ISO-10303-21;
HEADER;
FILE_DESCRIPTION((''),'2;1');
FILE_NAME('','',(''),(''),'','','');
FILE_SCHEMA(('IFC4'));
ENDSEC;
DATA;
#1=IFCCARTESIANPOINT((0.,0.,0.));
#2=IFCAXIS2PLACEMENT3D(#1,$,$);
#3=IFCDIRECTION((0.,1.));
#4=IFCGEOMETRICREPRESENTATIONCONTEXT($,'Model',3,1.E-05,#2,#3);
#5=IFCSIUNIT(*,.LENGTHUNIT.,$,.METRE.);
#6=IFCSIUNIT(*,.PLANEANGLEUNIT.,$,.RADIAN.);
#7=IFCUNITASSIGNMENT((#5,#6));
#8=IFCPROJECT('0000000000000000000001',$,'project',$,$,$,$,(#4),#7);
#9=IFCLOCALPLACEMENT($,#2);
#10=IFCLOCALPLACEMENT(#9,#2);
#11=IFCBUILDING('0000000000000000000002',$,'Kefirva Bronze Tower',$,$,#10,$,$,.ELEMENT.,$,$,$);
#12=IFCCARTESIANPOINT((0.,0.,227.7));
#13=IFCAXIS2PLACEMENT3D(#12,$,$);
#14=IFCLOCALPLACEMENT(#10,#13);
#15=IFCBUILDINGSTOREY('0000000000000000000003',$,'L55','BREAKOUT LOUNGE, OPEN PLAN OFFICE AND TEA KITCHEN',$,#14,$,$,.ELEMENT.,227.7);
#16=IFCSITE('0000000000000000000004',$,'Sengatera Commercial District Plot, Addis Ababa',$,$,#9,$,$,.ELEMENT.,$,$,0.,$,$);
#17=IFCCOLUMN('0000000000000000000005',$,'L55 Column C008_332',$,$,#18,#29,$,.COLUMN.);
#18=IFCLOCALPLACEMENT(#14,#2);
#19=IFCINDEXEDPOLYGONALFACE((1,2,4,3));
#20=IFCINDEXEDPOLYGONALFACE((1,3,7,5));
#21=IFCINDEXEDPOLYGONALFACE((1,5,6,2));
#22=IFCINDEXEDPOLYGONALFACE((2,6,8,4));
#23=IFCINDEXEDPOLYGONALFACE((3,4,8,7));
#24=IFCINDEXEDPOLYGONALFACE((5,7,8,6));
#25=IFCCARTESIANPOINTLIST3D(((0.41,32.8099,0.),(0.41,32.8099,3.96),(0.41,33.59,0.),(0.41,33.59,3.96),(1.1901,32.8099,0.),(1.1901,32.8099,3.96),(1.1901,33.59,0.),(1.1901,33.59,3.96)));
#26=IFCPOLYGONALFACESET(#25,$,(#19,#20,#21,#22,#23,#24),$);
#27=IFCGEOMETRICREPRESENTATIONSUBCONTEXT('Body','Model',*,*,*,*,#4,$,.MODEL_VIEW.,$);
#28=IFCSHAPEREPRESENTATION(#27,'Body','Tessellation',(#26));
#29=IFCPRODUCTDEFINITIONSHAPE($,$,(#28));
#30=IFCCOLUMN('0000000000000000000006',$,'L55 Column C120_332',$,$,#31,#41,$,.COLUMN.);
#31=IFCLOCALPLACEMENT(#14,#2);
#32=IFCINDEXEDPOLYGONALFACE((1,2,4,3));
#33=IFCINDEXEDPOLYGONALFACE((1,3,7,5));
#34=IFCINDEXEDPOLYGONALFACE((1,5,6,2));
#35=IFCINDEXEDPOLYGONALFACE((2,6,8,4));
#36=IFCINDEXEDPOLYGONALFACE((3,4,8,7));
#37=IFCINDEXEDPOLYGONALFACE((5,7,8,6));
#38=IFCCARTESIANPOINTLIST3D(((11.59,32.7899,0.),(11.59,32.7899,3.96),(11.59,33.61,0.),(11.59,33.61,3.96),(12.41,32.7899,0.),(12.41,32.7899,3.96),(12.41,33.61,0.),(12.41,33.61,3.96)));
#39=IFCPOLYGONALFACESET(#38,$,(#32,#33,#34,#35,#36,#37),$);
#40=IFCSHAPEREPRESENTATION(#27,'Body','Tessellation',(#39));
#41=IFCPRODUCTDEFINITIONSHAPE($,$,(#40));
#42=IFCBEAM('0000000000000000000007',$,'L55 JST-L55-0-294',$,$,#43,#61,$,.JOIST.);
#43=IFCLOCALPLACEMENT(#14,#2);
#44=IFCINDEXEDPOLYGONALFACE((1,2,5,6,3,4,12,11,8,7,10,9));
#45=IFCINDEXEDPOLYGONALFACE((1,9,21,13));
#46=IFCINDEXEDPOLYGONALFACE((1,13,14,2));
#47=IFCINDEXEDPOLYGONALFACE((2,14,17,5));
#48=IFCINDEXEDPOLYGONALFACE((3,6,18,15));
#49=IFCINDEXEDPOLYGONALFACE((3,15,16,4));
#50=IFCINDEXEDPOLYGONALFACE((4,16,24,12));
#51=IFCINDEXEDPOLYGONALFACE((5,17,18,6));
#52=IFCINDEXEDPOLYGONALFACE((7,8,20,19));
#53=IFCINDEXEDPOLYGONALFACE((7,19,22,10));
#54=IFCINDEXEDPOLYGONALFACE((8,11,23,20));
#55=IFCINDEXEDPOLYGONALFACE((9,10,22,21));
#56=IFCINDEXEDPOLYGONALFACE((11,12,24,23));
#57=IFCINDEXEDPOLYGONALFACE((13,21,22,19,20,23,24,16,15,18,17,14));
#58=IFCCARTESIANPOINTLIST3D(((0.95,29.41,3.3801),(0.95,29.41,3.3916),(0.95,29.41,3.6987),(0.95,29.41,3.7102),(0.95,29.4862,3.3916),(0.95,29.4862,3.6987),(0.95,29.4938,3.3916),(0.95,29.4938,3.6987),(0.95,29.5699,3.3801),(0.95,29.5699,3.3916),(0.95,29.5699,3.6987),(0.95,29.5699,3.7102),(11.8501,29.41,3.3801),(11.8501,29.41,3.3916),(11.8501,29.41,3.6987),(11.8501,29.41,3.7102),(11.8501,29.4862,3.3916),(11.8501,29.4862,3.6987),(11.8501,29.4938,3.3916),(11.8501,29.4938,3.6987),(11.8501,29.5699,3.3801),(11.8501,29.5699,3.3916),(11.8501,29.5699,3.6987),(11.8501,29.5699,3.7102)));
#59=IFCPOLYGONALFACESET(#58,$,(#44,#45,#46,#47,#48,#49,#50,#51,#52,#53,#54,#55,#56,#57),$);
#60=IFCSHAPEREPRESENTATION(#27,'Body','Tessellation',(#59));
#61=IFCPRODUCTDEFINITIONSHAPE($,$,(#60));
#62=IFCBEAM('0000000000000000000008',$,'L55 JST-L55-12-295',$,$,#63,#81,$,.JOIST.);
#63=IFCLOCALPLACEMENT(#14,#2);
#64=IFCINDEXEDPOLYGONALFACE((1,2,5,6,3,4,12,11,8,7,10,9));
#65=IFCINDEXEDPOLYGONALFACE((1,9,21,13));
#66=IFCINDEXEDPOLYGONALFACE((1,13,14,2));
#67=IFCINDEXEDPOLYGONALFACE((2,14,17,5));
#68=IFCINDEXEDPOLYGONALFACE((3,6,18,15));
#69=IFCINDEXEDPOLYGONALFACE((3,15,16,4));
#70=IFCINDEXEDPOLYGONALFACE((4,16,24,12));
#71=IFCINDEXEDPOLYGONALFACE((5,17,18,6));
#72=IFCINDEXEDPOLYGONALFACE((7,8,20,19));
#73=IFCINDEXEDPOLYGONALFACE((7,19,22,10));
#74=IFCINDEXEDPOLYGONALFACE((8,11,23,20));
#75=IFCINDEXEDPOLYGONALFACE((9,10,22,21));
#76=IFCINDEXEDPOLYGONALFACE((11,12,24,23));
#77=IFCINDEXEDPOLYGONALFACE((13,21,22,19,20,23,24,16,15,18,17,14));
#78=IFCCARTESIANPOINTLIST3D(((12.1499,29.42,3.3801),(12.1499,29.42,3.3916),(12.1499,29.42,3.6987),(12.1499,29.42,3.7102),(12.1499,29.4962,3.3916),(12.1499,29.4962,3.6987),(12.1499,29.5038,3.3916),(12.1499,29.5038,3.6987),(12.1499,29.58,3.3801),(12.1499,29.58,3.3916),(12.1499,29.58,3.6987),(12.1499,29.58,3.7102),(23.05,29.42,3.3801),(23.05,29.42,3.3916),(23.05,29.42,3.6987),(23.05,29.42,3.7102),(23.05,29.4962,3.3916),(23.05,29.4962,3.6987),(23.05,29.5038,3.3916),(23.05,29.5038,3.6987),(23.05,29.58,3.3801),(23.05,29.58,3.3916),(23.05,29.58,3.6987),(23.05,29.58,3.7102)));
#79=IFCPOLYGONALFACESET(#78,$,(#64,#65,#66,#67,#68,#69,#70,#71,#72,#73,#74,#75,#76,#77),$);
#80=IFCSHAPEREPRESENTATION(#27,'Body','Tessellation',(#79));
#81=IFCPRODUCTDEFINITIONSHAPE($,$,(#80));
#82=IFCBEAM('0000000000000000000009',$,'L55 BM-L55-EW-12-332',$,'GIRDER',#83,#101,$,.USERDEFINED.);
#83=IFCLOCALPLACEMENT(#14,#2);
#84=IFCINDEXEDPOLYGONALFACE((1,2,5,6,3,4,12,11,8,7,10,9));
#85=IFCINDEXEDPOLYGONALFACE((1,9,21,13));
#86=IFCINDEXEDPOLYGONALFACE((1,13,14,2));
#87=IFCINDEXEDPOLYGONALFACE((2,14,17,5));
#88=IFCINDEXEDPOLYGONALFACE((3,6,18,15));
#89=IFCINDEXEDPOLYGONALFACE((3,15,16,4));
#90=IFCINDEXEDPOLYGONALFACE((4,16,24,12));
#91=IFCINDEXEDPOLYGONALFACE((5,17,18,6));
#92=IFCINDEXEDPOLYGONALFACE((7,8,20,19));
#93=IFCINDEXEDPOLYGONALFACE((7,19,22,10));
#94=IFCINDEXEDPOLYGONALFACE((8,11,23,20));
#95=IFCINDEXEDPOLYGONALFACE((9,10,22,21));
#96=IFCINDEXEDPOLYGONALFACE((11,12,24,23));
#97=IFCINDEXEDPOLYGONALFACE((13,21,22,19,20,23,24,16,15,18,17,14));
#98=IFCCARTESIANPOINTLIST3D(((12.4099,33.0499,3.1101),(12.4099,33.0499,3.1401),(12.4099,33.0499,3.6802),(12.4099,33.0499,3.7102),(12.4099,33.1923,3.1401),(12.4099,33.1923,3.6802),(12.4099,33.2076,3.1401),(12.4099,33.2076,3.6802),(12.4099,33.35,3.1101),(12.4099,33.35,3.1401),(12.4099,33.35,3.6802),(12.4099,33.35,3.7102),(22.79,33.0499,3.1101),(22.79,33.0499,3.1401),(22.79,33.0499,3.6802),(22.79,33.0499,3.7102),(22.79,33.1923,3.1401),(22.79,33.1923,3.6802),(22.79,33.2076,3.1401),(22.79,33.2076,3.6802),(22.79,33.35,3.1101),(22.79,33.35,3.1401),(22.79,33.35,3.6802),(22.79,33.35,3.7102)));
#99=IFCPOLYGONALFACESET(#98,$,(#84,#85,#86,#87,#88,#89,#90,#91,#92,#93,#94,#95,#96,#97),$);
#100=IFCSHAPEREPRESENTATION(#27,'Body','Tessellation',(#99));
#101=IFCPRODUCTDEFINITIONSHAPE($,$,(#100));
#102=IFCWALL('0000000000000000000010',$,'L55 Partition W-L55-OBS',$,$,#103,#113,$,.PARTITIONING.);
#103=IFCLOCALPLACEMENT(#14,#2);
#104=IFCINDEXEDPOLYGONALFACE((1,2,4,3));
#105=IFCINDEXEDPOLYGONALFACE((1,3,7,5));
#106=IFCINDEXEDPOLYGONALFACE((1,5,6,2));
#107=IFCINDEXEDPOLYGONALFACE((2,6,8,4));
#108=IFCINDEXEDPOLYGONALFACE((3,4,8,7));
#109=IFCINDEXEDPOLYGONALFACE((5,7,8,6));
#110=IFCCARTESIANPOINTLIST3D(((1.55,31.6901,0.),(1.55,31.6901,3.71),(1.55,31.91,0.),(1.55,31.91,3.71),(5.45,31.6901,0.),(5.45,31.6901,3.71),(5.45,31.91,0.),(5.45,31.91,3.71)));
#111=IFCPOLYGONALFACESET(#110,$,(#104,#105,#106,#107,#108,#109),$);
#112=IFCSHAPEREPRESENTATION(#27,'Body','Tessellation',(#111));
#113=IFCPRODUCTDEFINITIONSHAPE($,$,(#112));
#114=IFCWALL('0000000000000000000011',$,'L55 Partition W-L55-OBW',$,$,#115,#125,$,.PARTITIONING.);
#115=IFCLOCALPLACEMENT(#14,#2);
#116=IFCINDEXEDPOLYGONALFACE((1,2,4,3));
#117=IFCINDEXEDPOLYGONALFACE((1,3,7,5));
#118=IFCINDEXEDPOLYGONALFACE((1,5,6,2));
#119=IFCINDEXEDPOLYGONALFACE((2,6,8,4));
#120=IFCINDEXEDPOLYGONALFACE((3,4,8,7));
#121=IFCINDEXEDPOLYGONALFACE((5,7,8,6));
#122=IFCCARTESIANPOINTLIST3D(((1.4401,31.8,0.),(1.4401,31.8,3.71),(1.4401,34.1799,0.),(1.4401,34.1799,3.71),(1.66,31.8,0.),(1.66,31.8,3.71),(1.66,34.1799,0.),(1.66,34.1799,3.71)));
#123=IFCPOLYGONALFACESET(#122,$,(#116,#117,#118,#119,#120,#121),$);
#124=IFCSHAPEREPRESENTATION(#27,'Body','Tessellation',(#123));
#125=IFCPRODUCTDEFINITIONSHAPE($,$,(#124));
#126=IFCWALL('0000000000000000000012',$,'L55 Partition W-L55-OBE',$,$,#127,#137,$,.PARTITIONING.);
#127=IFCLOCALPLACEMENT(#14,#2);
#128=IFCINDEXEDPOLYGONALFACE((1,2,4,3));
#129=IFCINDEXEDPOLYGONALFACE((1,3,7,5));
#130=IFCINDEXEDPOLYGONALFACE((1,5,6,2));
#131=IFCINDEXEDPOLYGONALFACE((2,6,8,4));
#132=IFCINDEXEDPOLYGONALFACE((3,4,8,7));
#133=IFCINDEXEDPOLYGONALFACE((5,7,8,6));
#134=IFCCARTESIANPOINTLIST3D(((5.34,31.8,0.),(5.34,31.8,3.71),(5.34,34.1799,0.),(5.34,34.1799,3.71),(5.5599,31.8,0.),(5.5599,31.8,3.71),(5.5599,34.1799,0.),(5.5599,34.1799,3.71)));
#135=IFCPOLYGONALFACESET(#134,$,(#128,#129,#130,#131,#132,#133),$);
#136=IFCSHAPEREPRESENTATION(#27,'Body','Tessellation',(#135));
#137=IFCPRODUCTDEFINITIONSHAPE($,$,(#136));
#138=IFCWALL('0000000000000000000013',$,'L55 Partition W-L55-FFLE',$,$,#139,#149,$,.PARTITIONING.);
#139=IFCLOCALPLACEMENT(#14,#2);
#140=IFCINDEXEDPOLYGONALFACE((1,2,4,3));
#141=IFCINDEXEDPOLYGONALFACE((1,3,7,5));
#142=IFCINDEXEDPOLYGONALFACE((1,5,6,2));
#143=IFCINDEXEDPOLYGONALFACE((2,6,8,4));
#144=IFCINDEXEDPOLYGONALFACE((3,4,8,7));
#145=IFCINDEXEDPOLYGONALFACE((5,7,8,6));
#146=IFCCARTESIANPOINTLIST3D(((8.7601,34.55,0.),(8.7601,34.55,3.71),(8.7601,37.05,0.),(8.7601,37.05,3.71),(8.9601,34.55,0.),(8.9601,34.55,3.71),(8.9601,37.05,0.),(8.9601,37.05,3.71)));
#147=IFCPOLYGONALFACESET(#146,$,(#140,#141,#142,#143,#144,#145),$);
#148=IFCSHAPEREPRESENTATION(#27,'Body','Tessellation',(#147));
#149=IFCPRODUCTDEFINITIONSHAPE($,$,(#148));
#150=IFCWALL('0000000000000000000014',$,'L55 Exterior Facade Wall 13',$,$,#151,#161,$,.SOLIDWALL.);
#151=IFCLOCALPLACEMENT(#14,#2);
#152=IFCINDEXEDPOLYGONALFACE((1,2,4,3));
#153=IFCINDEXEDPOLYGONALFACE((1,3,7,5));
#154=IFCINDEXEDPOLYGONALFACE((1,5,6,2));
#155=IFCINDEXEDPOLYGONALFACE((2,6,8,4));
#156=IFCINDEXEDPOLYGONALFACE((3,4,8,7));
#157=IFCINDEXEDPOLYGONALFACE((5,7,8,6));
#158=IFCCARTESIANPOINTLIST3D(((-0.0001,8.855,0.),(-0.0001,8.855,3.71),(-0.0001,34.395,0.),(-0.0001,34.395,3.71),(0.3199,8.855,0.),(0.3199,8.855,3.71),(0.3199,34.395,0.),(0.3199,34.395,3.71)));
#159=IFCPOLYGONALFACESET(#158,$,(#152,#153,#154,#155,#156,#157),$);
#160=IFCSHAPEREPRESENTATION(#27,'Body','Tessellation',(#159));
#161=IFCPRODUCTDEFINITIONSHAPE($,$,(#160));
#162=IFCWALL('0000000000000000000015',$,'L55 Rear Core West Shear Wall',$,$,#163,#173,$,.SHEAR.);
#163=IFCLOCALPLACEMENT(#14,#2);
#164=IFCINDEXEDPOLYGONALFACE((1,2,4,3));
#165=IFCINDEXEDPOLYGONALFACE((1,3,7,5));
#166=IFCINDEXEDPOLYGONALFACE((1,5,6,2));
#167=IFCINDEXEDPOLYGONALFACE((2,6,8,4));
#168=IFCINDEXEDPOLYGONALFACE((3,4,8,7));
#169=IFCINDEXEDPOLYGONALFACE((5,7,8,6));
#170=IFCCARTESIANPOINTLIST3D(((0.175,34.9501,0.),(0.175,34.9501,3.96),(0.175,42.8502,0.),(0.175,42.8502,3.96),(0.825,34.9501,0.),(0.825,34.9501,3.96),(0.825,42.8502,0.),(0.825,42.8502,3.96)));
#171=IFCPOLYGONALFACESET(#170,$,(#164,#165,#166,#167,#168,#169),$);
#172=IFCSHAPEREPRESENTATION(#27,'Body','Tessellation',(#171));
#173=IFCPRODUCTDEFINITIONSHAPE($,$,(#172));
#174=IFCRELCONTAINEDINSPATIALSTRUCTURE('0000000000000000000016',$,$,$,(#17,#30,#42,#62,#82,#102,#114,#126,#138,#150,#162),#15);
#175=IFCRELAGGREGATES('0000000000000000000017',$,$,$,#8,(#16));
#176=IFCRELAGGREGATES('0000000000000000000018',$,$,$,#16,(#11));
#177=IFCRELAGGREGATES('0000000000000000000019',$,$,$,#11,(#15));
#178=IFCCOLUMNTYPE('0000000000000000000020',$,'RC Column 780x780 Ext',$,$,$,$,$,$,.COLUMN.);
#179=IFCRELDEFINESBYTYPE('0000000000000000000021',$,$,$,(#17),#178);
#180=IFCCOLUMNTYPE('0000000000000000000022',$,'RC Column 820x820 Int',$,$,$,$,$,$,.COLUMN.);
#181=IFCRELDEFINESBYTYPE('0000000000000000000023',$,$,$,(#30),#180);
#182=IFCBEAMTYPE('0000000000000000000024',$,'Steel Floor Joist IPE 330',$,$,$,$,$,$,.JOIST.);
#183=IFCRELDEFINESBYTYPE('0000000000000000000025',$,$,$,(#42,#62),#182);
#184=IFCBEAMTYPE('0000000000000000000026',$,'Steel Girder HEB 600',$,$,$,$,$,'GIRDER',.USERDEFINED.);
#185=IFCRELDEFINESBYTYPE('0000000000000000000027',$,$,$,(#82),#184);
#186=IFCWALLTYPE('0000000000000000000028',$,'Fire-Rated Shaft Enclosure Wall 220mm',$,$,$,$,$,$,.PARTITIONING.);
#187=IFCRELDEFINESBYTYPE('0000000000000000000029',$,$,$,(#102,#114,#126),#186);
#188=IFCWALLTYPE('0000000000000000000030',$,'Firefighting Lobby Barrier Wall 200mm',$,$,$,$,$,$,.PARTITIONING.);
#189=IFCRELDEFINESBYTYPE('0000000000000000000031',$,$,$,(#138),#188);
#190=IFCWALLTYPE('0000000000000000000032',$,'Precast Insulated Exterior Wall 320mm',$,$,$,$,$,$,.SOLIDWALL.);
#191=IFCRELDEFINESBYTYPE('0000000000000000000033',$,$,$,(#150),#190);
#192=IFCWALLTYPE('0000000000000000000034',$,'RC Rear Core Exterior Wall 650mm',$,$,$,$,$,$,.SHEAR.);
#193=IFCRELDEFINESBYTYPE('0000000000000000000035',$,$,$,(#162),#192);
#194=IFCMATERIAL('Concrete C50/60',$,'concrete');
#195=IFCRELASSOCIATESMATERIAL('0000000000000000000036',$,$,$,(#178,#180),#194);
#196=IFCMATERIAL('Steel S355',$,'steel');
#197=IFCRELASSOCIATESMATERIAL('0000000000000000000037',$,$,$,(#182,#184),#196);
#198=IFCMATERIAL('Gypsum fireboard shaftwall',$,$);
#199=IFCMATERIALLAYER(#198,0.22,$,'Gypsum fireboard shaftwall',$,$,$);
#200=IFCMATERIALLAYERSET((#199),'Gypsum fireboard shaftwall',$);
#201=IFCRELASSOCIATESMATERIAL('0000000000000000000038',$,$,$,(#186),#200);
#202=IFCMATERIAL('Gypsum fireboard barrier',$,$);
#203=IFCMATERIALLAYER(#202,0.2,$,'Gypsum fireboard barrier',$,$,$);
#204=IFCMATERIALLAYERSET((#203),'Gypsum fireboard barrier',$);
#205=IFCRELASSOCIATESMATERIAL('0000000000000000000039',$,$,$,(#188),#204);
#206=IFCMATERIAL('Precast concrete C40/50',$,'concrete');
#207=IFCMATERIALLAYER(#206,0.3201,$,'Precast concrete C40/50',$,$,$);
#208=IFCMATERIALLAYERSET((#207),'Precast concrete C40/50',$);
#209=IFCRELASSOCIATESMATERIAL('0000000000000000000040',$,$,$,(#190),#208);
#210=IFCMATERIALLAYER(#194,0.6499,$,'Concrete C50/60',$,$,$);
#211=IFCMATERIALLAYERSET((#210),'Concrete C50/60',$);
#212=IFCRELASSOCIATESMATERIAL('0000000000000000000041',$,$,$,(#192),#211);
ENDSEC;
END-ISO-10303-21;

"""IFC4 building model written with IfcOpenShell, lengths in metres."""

from ifc_helpers import new_model, si_unit, direction, frame, frame_2d, origin, origin_2d, place, context, subcontext, project, spatial, rectangle, i_section, extrude, material, layer, layer_set, material_profile, profile_set, type_object, element, save


model = new_model("IFC4")

# Units and contexts
model_context = context("Model", 3, precision=1e-05, world=origin(), true_north=direction((0.0, 1.0)))
body_context = subcontext(model_context, "Body", "Model", "MODEL_VIEW")
ifc_project = project(units=[si_unit("LENGTHUNIT", "METRE"), si_unit("PLANEANGLEUNIT", "RADIAN")], contexts=[model_context])

# Site, building, storey
site_placement = place(None, origin())
site = spatial("IfcSite", under=ifc_project, at=site_placement, Name="Sengatera Commercial District Plot, Addis Ababa", CompositionType="ELEMENT", RefElevation=0.0)
building_placement = place(site_placement, origin())
building = spatial("IfcBuilding", under=site, at=building_placement, Name="Kefirva Bronze Tower", CompositionType="ELEMENT")
storey_placement = place(building_placement, frame((0.0, 0.0, 227.7)))
storey = spatial("IfcBuildingStorey", under=building, at=storey_placement, Name="L55", Description="BREAKOUT LOUNGE, OPEN PLAN OFFICE AND TEA KITCHEN", CompositionType="ELEMENT", Elevation=227.7)

# Columns
ifc_material_1 = material(Name="Concrete C50/60", Category="concrete")
ifc_material_profile_1 = material_profile(ifc_material_1, rectangle(XDim=0.78, YDim=0.78, at=origin_2d()), Name="RC 780x780")
ifc_profile_set_1 = profile_set([ifc_material_profile_1], Name="Concrete C50/60")
column_type_1 = type_object("IfcColumnType", Name="RC Column 780x780 Ext", PredefinedType="COLUMN", material=ifc_profile_set_1)
column_1_placement = place(storey_placement, frame((0.8, 33.2, 0.0), z_axis=(0.0, 0.0, 1.0), x_axis=(1.0, 0.0, 0.0)))
element("IfcColumn", 1, at=column_1_placement, inside=storey, type_object=column_type_1, Name="L55 Column C008_332", PredefinedType="COLUMN", context=body_context, shape_type="SweptSolid", body=[
    extrude(rectangle(XDim=0.78, YDim=0.78, at=origin_2d()), origin(), (0.0, 0.0, 1.0), 3.96),
])
ifc_material_profile_2 = material_profile(ifc_material_1, rectangle(XDim=0.8201, YDim=0.8201, at=origin_2d()), Name="RC 820x820")
ifc_profile_set_2 = profile_set([ifc_material_profile_2], Name="Concrete C50/60")
column_type_2 = type_object("IfcColumnType", Name="RC Column 820x820 Int", PredefinedType="COLUMN", material=ifc_profile_set_2)
column_2_placement = place(storey_placement, frame((12.0, 33.2, 0.0), z_axis=(0.0, 0.0, 1.0), x_axis=(1.0, 0.0, 0.0)))
element("IfcColumn", 2, at=column_2_placement, inside=storey, type_object=column_type_2, Name="L55 Column C120_332", PredefinedType="COLUMN", context=body_context, shape_type="SweptSolid", body=[
    extrude(rectangle(XDim=0.8201, YDim=0.8201, at=origin_2d()), origin(), (0.0, 0.0, 1.0), 3.96),
])

# Beams
ifc_material_2 = material(Name="Steel S355", Category="steel")
ifc_material_profile_3 = material_profile(ifc_material_2, i_section(OverallWidth=0.1599, OverallDepth=0.3301, WebThickness=0.0076, FlangeThickness=0.0115, at=origin_2d()), Name="IPE 330")
ifc_profile_set_3 = profile_set([ifc_material_profile_3], Name="Steel S355")
beam_type_1 = type_object("IfcBeamType", Name="Steel Floor Joist IPE 330", PredefinedType="JOIST", material=ifc_profile_set_3)
for number, where, z_axis, x_axis, name in (
    (3, (0.95, 29.49, 3.5452), (1.0, 0.0, 0.0), (0.0, 1.0, 0.0), "L55 JST-L55-0-294"),
    (4, (12.1499, 29.5, 3.5452), (1.0, 0.0, 0.0), (0.0, 1.0, 0.0), "L55 JST-L55-12-295"),
):
    element("IfcBeam", number, at=place(storey_placement, frame(where, z_axis=z_axis, x_axis=x_axis)), inside=storey, type_object=beam_type_1, Name=name, PredefinedType="JOIST", context=body_context, shape_type="SweptSolid", body=[
        extrude(i_section(OverallWidth=0.1599, OverallDepth=0.3301, WebThickness=0.0076, FlangeThickness=0.0115, at=origin_2d()), origin(), (0.0, 0.0, 1.0), 10.9001),
    ])
ifc_material_profile_4 = material_profile(ifc_material_2, i_section(OverallWidth=0.3, OverallDepth=0.6001, WebThickness=0.0154, FlangeThickness=0.03, at=origin_2d()), Name="HEB 600")
ifc_profile_set_4 = profile_set([ifc_material_profile_4], Name="Steel S355")
beam_type_2 = type_object("IfcBeamType", Name="Steel Girder HEB 600", ElementType="GIRDER", PredefinedType="USERDEFINED", material=ifc_profile_set_4)
beam_placement = place(storey_placement, frame((12.4099, 33.2, 3.4102), z_axis=(1.0, 0.0, 0.0), x_axis=(0.0, 1.0, 0.0)))
element("IfcBeam", 5, at=beam_placement, inside=storey, type_object=beam_type_2, Name="L55 BM-L55-EW-12-332", ObjectType="GIRDER", PredefinedType="USERDEFINED", context=body_context, shape_type="SweptSolid", body=[
    extrude(i_section(OverallWidth=0.3, OverallDepth=0.6001, WebThickness=0.0154, FlangeThickness=0.03, at=origin_2d()), origin(), (0.0, 0.0, 1.0), 10.3801),
])

# Walls
ifc_material_3 = material(Name="Gypsum fireboard shaftwall")
ifc_layer_1 = layer(ifc_material_3, 0.22, Name="Gypsum fireboard shaftwall")
ifc_layer_set_1 = layer_set([ifc_layer_1], Name="Gypsum fireboard shaftwall")
wall_type_1 = type_object("IfcWallType", Name="Fire-Rated Shaft Enclosure Wall 220mm", PredefinedType="PARTITIONING", material=ifc_layer_set_1)
wall_1_placement = place(storey_placement, frame((1.55, 31.8, 0.0), z_axis=(0.0, 0.0, 1.0), x_axis=(1.0, 0.0, 0.0)))
element("IfcWall", 6, at=wall_1_placement, inside=storey, type_object=wall_type_1, Name="L55 Partition W-L55-OBS", PredefinedType="PARTITIONING", context=body_context, shape_type="SweptSolid", body=[
    extrude(rectangle(XDim=3.8999, YDim=0.22, at=frame_2d((1.95, 0.0))), origin(), (0.0, 0.0, 1.0), 3.71),
])
for number, where, z_axis, x_axis, name in (
    (7, (1.55, 31.8, 0.0), (0.0, 0.0, 1.0), (0.0, 1.0, 0.0), "L55 Partition W-L55-OBW"),
    (8, (5.45, 31.8, 0.0), (0.0, 0.0, 1.0), (0.0, 1.0, 0.0), "L55 Partition W-L55-OBE"),
):
    element("IfcWall", number, at=place(storey_placement, frame(where, z_axis=z_axis, x_axis=x_axis)), inside=storey, type_object=wall_type_1, Name=name, PredefinedType="PARTITIONING", context=body_context, shape_type="SweptSolid", body=[
        extrude(rectangle(XDim=2.3799, YDim=0.22, at=frame_2d((1.1899, 0.0))), origin(), (0.0, 0.0, 1.0), 3.71),
    ])
ifc_material_4 = material(Name="Gypsum fireboard barrier")
ifc_layer_2 = layer(ifc_material_4, 0.2, Name="Gypsum fireboard barrier")
ifc_layer_set_2 = layer_set([ifc_layer_2], Name="Gypsum fireboard barrier")
wall_type_2 = type_object("IfcWallType", Name="Firefighting Lobby Barrier Wall 200mm", PredefinedType="PARTITIONING", material=ifc_layer_set_2)
wall_2_placement = place(storey_placement, frame((8.8601, 34.55, 0.0), z_axis=(0.0, 0.0, 1.0), x_axis=(0.0, 1.0, 0.0)))
element("IfcWall", 9, at=wall_2_placement, inside=storey, type_object=wall_type_2, Name="L55 Partition W-L55-FFLE", PredefinedType="PARTITIONING", context=body_context, shape_type="SweptSolid", body=[
    extrude(rectangle(XDim=2.5, YDim=0.2, at=frame_2d((1.25, 0.0))), origin(), (0.0, 0.0, 1.0), 3.71),
])
ifc_material_5 = material(Name="Precast concrete C40/50", Category="concrete")
ifc_layer_3 = layer(ifc_material_5, 0.3201, Name="Precast concrete C40/50")
ifc_layer_set_3 = layer_set([ifc_layer_3], Name="Precast concrete C40/50")
wall_type_3 = type_object("IfcWallType", Name="Precast Insulated Exterior Wall 320mm", PredefinedType="SOLIDWALL", material=ifc_layer_set_3)
wall_3_placement = place(storey_placement, frame((0.1599, 34.395, 0.0), z_axis=(0.0, 0.0, 1.0), x_axis=(0.0, -1.0, 0.0)))
element("IfcWall", 10, at=wall_3_placement, inside=storey, type_object=wall_type_3, Name="L55 Exterior Facade Wall 13", PredefinedType="SOLIDWALL", context=body_context, shape_type="SweptSolid", body=[
    extrude(rectangle(XDim=25.54, YDim=0.3201, at=frame_2d((12.77, 0.0))), origin(), (0.0, 0.0, 1.0), 3.71),
])

# Wall
ifc_layer_4 = layer(ifc_material_1, 0.6499, Name="Concrete C50/60")
ifc_layer_set_4 = layer_set([ifc_layer_4], Name="Concrete C50/60")
wall_type_4 = type_object("IfcWallType", Name="RC Rear Core Exterior Wall 650mm", PredefinedType="SHEAR", material=ifc_layer_set_4)
wall_4_placement = place(storey_placement, frame((0.5, 34.95, 0.0), z_axis=(0.0, 0.0, 1.0), x_axis=(0.0, 1.0, 0.0)))
element("IfcWall", 11, at=wall_4_placement, inside=storey, type_object=wall_type_4, Name="L55 Rear Core West Shear Wall", PredefinedType="SHEAR", context=body_context, shape_type="SweptSolid", body=[
    extrude(rectangle(XDim=7.9001, YDim=0.6499, at=frame_2d((3.9502, 0.0))), origin(), (0.0, 0.0, 1.0), 3.96),
])

save(model, "model.ifc")
